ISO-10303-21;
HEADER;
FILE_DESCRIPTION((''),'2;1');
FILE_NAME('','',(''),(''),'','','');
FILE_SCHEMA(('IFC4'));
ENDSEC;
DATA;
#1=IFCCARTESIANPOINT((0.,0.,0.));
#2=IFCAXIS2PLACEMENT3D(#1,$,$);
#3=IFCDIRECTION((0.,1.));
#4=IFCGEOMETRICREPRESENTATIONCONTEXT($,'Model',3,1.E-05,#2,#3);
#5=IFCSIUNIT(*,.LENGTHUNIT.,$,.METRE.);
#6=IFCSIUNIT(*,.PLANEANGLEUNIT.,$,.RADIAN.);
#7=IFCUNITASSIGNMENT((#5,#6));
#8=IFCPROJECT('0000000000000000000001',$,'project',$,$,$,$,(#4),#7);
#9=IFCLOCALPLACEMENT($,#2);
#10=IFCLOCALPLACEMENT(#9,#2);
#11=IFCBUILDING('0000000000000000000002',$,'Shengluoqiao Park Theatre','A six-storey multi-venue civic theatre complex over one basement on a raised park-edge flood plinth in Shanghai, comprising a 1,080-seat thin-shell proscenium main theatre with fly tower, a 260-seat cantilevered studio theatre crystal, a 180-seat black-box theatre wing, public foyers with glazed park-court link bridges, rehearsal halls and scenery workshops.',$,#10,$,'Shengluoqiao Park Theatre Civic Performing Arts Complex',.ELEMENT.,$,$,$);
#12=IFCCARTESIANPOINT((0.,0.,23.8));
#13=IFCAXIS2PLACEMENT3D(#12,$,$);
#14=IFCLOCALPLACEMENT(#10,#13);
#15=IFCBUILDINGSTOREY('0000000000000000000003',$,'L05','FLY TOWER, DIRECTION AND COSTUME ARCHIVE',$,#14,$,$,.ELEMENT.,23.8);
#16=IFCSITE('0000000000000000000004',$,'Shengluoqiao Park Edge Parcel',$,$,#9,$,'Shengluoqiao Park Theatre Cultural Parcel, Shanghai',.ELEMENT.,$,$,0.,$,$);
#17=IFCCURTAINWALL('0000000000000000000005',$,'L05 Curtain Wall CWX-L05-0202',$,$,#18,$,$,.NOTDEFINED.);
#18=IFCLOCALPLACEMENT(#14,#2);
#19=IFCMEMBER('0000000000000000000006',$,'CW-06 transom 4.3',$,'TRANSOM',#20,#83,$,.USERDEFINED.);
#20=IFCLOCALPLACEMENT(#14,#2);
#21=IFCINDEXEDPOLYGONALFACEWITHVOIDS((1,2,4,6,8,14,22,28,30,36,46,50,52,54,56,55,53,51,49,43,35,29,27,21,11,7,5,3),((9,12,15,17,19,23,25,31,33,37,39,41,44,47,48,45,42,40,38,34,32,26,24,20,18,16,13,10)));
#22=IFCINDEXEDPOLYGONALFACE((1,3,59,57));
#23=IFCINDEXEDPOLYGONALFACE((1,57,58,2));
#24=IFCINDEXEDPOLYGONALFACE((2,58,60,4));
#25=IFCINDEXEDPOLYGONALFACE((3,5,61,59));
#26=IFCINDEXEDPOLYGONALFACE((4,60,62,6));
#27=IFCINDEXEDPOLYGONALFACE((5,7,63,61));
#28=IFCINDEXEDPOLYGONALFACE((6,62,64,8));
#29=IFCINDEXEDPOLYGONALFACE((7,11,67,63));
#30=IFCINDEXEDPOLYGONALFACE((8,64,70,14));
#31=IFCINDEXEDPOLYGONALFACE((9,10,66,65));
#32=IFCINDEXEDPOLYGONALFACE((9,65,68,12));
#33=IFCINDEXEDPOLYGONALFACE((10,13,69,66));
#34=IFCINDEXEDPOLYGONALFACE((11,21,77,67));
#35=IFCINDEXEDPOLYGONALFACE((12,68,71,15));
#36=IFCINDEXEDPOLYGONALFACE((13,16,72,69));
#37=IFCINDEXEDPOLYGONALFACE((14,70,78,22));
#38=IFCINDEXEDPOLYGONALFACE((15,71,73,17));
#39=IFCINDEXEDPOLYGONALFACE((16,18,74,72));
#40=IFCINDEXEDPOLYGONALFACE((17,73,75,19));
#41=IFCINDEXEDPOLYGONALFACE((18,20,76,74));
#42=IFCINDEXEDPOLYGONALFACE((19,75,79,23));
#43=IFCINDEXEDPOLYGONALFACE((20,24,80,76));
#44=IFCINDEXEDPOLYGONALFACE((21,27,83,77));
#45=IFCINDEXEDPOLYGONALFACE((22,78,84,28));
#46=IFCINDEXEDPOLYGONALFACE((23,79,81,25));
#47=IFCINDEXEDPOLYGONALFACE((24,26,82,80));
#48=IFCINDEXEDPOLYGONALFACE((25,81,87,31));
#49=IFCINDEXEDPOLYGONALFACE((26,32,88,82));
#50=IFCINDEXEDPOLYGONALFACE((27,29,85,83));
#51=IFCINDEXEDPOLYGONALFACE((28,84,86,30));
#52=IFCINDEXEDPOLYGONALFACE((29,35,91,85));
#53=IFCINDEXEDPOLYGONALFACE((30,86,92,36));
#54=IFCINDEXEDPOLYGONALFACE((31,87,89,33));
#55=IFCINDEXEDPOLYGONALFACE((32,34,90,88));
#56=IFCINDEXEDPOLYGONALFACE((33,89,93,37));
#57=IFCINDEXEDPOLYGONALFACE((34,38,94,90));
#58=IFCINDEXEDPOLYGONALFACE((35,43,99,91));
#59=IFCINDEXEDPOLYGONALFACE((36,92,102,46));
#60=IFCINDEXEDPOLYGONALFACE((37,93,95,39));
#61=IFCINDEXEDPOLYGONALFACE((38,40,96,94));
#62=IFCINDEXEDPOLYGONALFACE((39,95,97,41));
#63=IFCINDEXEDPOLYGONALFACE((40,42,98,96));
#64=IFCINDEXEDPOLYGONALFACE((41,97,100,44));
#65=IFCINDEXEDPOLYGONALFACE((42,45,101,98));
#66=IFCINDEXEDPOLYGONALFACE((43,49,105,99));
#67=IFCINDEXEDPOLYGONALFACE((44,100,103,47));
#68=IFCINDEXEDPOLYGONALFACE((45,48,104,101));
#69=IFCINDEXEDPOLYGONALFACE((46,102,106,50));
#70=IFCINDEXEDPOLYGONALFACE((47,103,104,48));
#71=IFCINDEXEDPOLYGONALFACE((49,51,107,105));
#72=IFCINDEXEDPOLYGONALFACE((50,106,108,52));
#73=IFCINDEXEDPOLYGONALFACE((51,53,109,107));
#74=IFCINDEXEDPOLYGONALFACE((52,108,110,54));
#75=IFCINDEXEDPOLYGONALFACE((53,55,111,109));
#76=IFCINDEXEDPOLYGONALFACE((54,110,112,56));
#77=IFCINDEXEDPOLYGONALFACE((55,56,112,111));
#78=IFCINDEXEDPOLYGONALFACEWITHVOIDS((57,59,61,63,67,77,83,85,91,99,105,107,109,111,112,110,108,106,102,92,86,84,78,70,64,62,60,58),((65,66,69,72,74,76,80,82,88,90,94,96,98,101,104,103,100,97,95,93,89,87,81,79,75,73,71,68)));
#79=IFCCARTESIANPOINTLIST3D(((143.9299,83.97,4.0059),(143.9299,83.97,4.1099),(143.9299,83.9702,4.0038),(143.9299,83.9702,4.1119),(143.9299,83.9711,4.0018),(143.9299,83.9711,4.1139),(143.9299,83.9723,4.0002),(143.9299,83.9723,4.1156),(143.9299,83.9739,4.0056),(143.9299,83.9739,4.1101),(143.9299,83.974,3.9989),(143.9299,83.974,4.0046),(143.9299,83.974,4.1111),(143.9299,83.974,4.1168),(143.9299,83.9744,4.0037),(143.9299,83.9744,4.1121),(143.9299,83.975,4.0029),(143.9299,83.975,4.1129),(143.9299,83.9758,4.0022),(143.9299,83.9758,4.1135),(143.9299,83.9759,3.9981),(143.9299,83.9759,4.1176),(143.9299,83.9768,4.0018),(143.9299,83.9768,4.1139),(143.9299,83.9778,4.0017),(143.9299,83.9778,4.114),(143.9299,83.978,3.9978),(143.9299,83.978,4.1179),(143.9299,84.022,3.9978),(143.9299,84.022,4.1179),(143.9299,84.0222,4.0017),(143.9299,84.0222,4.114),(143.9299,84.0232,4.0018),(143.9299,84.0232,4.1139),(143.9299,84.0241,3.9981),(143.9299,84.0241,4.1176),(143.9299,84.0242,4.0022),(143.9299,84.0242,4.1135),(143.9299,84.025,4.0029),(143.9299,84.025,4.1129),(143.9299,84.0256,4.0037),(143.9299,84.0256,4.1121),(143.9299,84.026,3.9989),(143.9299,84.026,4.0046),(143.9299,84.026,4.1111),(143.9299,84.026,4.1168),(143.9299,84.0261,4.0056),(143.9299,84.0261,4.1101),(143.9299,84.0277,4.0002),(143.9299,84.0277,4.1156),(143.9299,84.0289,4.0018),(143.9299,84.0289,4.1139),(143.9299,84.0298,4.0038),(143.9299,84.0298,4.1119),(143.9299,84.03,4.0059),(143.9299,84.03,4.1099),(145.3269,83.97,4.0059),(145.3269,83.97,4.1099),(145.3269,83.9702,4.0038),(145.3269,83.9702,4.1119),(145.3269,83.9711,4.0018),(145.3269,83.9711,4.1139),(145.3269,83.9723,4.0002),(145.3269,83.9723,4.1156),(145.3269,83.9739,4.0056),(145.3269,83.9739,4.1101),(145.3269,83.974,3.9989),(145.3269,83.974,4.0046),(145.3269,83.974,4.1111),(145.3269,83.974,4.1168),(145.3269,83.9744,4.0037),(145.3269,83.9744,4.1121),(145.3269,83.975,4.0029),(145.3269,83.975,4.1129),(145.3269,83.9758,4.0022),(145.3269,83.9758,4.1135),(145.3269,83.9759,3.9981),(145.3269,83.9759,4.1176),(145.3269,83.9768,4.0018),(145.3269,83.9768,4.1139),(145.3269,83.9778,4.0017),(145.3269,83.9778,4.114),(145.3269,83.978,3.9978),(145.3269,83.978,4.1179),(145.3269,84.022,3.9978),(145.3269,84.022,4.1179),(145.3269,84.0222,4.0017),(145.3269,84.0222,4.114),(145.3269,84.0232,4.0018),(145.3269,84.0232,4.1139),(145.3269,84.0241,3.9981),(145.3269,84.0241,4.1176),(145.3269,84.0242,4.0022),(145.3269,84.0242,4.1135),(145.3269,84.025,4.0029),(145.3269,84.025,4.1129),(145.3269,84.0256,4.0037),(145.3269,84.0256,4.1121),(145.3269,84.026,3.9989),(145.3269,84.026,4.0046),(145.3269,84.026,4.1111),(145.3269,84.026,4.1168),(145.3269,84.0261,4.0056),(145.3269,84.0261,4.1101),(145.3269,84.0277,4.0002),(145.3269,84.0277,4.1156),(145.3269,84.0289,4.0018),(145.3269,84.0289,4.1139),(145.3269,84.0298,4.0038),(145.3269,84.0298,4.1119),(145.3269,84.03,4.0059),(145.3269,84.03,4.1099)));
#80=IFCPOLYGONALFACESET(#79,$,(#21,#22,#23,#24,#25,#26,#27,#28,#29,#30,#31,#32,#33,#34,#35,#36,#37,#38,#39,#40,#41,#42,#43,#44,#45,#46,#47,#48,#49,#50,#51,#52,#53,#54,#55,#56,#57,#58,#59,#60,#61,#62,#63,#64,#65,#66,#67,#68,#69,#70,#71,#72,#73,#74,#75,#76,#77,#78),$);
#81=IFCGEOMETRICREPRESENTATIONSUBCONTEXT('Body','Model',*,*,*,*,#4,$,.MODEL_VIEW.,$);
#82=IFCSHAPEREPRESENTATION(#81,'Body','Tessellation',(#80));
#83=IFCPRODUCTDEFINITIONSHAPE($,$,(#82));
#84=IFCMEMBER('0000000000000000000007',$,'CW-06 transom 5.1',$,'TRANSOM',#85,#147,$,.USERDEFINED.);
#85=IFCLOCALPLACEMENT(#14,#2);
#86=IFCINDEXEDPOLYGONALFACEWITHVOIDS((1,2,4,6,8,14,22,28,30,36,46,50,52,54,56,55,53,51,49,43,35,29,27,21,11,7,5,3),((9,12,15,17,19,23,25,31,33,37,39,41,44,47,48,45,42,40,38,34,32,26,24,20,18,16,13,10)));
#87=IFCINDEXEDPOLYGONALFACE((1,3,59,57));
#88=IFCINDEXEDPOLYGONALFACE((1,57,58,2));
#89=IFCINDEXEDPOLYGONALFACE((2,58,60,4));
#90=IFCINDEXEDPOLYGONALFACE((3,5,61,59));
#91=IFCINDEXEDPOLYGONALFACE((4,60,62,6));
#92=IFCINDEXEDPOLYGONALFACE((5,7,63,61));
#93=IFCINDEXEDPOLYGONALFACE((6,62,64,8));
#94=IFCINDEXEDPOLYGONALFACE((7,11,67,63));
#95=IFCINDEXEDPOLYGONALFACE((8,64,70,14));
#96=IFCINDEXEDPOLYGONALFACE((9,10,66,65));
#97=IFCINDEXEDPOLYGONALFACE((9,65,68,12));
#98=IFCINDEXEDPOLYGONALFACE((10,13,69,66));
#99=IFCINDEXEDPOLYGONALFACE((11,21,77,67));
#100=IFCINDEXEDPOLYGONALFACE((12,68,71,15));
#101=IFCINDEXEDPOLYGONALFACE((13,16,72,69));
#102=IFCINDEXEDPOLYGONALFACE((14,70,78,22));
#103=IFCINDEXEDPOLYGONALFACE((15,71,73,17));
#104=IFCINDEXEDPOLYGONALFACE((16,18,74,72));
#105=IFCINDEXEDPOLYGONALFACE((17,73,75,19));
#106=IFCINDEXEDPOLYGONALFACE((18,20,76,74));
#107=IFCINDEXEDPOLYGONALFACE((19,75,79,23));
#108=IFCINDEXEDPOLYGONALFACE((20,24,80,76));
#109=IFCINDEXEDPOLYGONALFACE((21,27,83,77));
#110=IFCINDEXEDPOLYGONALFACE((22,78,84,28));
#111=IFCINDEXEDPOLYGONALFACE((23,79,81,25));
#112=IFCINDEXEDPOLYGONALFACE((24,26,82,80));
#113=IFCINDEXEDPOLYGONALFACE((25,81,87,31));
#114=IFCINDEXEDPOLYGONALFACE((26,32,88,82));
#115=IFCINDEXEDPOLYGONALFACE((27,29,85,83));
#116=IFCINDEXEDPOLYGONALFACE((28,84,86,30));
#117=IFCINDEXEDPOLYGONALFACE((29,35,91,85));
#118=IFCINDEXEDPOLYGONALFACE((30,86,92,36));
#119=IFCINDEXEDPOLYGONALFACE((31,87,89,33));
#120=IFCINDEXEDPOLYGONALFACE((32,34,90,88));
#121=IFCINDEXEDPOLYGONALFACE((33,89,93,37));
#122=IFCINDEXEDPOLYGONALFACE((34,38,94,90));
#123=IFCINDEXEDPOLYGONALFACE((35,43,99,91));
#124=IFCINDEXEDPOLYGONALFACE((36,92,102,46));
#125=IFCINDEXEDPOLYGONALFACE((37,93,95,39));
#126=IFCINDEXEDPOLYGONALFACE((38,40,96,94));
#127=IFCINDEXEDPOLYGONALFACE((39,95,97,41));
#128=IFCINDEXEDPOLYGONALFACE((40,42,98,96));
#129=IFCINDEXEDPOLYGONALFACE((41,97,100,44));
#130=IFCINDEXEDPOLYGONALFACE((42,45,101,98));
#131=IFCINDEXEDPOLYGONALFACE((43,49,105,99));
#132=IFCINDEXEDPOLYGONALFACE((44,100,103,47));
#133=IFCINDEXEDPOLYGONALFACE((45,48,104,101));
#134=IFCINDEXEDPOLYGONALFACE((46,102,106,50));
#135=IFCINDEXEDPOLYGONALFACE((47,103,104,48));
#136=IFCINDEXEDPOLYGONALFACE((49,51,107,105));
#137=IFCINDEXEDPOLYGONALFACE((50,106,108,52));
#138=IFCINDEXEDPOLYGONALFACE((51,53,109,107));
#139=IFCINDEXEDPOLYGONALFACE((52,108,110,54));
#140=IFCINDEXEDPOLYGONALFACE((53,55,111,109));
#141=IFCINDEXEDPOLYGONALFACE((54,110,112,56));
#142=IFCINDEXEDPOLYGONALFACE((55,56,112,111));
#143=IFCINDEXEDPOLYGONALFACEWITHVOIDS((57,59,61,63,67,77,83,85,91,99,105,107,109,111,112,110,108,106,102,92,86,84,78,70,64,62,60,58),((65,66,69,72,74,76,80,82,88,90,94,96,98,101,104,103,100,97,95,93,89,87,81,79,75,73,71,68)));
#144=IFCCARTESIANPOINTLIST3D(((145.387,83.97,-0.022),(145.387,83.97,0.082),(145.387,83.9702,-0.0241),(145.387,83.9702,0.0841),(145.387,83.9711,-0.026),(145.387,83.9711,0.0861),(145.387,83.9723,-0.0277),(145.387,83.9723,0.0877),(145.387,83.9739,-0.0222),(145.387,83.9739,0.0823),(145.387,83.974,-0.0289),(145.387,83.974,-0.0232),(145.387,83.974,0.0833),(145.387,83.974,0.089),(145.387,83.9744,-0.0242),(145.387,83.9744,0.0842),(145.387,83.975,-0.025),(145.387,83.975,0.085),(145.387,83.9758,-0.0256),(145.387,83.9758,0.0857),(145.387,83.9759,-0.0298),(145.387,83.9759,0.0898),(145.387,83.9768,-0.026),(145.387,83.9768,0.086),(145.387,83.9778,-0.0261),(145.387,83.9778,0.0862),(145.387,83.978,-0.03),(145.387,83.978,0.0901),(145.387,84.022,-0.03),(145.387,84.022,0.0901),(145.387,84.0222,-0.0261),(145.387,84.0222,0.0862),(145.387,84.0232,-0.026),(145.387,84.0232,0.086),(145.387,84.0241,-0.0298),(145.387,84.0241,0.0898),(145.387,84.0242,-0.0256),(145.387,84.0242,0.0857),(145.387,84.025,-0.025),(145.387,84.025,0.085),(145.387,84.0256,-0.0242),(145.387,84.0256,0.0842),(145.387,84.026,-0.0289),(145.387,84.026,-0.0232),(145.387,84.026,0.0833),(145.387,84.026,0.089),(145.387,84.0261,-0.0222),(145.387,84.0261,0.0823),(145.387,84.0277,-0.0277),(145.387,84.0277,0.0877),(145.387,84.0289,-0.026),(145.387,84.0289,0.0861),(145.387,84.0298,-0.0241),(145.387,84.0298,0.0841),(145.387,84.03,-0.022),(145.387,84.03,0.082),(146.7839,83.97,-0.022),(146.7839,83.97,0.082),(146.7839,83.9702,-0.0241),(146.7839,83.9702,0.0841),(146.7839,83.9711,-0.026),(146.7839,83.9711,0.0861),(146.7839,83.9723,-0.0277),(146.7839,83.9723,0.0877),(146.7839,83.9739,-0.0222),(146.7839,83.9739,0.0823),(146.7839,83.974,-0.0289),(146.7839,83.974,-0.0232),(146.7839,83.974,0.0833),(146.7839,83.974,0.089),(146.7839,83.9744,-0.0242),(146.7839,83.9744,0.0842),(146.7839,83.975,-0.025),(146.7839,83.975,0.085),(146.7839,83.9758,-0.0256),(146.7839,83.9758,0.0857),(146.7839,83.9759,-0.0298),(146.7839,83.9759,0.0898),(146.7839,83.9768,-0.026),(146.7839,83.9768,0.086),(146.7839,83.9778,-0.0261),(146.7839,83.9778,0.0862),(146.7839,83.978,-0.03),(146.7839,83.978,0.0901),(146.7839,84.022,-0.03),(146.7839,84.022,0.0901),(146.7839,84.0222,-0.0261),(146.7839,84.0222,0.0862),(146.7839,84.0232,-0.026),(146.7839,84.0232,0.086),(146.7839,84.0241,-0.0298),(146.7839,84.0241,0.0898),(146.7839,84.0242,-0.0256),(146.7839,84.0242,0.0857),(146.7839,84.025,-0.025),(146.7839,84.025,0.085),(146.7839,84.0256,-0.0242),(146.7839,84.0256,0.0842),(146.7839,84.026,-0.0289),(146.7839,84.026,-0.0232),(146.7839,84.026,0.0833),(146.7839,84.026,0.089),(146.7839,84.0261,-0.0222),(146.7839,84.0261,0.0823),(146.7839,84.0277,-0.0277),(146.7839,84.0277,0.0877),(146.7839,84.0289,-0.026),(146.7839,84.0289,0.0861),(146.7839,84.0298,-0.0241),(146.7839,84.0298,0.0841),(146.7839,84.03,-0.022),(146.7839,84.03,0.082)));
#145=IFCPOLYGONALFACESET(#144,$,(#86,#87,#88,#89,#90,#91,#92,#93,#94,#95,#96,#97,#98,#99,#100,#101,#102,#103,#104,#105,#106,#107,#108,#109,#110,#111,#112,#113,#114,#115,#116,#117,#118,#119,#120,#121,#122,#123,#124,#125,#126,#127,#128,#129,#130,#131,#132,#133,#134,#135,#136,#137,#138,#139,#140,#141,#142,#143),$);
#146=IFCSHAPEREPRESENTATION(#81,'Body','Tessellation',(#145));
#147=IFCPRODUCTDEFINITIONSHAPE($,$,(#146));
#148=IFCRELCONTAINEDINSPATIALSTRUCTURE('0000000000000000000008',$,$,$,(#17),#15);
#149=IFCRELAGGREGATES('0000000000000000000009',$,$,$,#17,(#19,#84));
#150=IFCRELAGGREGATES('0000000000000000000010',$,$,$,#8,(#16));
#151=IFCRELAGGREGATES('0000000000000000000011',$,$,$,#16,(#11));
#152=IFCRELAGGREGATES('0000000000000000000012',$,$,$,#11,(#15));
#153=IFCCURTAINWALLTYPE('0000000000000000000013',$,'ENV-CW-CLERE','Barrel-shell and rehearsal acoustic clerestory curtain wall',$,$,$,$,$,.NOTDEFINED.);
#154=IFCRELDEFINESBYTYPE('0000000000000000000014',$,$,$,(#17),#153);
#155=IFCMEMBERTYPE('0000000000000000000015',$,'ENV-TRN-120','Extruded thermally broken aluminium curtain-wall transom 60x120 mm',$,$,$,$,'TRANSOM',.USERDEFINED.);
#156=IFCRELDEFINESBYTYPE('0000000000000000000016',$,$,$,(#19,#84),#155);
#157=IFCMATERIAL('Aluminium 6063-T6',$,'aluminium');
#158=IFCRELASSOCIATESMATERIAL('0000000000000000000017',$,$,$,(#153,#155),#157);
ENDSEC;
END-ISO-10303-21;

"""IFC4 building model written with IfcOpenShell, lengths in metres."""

from ifc_helpers import new_model, si_unit, direction, frame, origin, origin_2d, place, context, subcontext, project, spatial, hollow_rectangle, extrude, material, material_profile, profile_set, type_object, element, aggregate, save


model = new_model("IFC4")

# Units and contexts
model_context = context("Model", 3, precision=1e-05, world=origin(), true_north=direction((0.0, 1.0)))
body_context = subcontext(model_context, "Body", "Model", "MODEL_VIEW")
ifc_project = project(units=[si_unit("LENGTHUNIT", "METRE"), si_unit("PLANEANGLEUNIT", "RADIAN")], contexts=[model_context])

# Site, building, storey
site_placement = place(None, origin())
site = spatial("IfcSite", under=ifc_project, at=site_placement, Name="Shengluoqiao Park Edge Parcel", LongName="Shengluoqiao Park Theatre Cultural Parcel, Shanghai", CompositionType="ELEMENT", RefElevation=0.0)
building_placement = place(site_placement, origin())
building = spatial("IfcBuilding", under=site, at=building_placement, Name="Shengluoqiao Park Theatre", Description="A six-storey multi-venue civic theatre complex over one basement on a raised park-edge flood plinth in Shanghai, comprising a 1,080-seat thin-shell proscenium main theatre with fly tower, a 260-seat cantilevered studio theatre crystal, a 180-seat black-box theatre wing, public foyers with glazed park-court link bridges, rehearsal halls and scenery workshops.", LongName="Shengluoqiao Park Theatre Civic Performing Arts Complex", CompositionType="ELEMENT")
storey_placement = place(building_placement, frame((0.0, 0.0, 23.8)))
storey = spatial("IfcBuildingStorey", under=building, at=storey_placement, Name="L05", Description="FLY TOWER, DIRECTION AND COSTUME ARCHIVE", CompositionType="ELEMENT", Elevation=23.8)

# Curtain wall, members
ifc_material_1 = material(Name="Aluminium 6063-T6", Category="aluminium")
curtain_wall_type = type_object("IfcCurtainWallType", Name="ENV-CW-CLERE", Description="Barrel-shell and rehearsal acoustic clerestory curtain wall", PredefinedType="NOTDEFINED", material=ifc_material_1)
curtain_wall_placement = place(storey_placement, origin())
curtain_wall = element("IfcCurtainWall", 1, at=curtain_wall_placement, inside=storey, type_object=curtain_wall_type, Name="L05 Curtain Wall CWX-L05-0202", PredefinedType="NOTDEFINED")
ifc_material_profile_1 = material_profile(ifc_material_1, hollow_rectangle(XDim=0.0601, YDim=0.1201, WallThickness=0.0039, InnerFilletRadius=0.0039, OuterFilletRadius=0.0081, at=origin_2d()), Name="ALU TRANSOM 120x60x4")
ifc_profile_set_1 = profile_set([ifc_material_profile_1], Name="Aluminium 6063-T6")
member_type_1 = type_object("IfcMemberType", Name="ENV-TRN-120", Description="Extruded thermally broken aluminium curtain-wall transom 60x120 mm", ElementType="TRANSOM", PredefinedType="USERDEFINED", material=ifc_profile_set_1)
member_1_placement = place(storey_placement, frame((143.9299, 84.0, 4.0579), z_axis=(1.0, 0.0, 0.0), x_axis=(0.0, 1.0, 0.0)))
member_1 = element("IfcMember", 2, at=member_1_placement, type_object=member_type_1, Name="CW-06 transom 4.3", ObjectType="TRANSOM", PredefinedType="USERDEFINED", context=body_context, shape_type="SweptSolid", body=[
    extrude(hollow_rectangle(XDim=0.0601, YDim=0.1201, WallThickness=0.0039, InnerFilletRadius=0.0039, OuterFilletRadius=0.0081, at=origin_2d()), origin(), (0.0, 0.0, 1.0), 1.397),
])
member_2_placement = place(storey_placement, frame((145.387, 84.0, 0.03), z_axis=(1.0, 0.0, 0.0), x_axis=(0.0, 1.0, 0.0)))
member_2 = element("IfcMember", 3, at=member_2_placement, type_object=member_type_1, Name="CW-06 transom 5.1", ObjectType="TRANSOM", PredefinedType="USERDEFINED", context=body_context, shape_type="SweptSolid", body=[
    extrude(hollow_rectangle(XDim=0.0601, YDim=0.1201, WallThickness=0.0039, InnerFilletRadius=0.0039, OuterFilletRadius=0.0081, at=origin_2d()), origin(), (0.0, 0.0, 1.0), 1.397),
])
aggregate(curtain_wall, [member_1, member_2])

save(model, "model.ifc")
